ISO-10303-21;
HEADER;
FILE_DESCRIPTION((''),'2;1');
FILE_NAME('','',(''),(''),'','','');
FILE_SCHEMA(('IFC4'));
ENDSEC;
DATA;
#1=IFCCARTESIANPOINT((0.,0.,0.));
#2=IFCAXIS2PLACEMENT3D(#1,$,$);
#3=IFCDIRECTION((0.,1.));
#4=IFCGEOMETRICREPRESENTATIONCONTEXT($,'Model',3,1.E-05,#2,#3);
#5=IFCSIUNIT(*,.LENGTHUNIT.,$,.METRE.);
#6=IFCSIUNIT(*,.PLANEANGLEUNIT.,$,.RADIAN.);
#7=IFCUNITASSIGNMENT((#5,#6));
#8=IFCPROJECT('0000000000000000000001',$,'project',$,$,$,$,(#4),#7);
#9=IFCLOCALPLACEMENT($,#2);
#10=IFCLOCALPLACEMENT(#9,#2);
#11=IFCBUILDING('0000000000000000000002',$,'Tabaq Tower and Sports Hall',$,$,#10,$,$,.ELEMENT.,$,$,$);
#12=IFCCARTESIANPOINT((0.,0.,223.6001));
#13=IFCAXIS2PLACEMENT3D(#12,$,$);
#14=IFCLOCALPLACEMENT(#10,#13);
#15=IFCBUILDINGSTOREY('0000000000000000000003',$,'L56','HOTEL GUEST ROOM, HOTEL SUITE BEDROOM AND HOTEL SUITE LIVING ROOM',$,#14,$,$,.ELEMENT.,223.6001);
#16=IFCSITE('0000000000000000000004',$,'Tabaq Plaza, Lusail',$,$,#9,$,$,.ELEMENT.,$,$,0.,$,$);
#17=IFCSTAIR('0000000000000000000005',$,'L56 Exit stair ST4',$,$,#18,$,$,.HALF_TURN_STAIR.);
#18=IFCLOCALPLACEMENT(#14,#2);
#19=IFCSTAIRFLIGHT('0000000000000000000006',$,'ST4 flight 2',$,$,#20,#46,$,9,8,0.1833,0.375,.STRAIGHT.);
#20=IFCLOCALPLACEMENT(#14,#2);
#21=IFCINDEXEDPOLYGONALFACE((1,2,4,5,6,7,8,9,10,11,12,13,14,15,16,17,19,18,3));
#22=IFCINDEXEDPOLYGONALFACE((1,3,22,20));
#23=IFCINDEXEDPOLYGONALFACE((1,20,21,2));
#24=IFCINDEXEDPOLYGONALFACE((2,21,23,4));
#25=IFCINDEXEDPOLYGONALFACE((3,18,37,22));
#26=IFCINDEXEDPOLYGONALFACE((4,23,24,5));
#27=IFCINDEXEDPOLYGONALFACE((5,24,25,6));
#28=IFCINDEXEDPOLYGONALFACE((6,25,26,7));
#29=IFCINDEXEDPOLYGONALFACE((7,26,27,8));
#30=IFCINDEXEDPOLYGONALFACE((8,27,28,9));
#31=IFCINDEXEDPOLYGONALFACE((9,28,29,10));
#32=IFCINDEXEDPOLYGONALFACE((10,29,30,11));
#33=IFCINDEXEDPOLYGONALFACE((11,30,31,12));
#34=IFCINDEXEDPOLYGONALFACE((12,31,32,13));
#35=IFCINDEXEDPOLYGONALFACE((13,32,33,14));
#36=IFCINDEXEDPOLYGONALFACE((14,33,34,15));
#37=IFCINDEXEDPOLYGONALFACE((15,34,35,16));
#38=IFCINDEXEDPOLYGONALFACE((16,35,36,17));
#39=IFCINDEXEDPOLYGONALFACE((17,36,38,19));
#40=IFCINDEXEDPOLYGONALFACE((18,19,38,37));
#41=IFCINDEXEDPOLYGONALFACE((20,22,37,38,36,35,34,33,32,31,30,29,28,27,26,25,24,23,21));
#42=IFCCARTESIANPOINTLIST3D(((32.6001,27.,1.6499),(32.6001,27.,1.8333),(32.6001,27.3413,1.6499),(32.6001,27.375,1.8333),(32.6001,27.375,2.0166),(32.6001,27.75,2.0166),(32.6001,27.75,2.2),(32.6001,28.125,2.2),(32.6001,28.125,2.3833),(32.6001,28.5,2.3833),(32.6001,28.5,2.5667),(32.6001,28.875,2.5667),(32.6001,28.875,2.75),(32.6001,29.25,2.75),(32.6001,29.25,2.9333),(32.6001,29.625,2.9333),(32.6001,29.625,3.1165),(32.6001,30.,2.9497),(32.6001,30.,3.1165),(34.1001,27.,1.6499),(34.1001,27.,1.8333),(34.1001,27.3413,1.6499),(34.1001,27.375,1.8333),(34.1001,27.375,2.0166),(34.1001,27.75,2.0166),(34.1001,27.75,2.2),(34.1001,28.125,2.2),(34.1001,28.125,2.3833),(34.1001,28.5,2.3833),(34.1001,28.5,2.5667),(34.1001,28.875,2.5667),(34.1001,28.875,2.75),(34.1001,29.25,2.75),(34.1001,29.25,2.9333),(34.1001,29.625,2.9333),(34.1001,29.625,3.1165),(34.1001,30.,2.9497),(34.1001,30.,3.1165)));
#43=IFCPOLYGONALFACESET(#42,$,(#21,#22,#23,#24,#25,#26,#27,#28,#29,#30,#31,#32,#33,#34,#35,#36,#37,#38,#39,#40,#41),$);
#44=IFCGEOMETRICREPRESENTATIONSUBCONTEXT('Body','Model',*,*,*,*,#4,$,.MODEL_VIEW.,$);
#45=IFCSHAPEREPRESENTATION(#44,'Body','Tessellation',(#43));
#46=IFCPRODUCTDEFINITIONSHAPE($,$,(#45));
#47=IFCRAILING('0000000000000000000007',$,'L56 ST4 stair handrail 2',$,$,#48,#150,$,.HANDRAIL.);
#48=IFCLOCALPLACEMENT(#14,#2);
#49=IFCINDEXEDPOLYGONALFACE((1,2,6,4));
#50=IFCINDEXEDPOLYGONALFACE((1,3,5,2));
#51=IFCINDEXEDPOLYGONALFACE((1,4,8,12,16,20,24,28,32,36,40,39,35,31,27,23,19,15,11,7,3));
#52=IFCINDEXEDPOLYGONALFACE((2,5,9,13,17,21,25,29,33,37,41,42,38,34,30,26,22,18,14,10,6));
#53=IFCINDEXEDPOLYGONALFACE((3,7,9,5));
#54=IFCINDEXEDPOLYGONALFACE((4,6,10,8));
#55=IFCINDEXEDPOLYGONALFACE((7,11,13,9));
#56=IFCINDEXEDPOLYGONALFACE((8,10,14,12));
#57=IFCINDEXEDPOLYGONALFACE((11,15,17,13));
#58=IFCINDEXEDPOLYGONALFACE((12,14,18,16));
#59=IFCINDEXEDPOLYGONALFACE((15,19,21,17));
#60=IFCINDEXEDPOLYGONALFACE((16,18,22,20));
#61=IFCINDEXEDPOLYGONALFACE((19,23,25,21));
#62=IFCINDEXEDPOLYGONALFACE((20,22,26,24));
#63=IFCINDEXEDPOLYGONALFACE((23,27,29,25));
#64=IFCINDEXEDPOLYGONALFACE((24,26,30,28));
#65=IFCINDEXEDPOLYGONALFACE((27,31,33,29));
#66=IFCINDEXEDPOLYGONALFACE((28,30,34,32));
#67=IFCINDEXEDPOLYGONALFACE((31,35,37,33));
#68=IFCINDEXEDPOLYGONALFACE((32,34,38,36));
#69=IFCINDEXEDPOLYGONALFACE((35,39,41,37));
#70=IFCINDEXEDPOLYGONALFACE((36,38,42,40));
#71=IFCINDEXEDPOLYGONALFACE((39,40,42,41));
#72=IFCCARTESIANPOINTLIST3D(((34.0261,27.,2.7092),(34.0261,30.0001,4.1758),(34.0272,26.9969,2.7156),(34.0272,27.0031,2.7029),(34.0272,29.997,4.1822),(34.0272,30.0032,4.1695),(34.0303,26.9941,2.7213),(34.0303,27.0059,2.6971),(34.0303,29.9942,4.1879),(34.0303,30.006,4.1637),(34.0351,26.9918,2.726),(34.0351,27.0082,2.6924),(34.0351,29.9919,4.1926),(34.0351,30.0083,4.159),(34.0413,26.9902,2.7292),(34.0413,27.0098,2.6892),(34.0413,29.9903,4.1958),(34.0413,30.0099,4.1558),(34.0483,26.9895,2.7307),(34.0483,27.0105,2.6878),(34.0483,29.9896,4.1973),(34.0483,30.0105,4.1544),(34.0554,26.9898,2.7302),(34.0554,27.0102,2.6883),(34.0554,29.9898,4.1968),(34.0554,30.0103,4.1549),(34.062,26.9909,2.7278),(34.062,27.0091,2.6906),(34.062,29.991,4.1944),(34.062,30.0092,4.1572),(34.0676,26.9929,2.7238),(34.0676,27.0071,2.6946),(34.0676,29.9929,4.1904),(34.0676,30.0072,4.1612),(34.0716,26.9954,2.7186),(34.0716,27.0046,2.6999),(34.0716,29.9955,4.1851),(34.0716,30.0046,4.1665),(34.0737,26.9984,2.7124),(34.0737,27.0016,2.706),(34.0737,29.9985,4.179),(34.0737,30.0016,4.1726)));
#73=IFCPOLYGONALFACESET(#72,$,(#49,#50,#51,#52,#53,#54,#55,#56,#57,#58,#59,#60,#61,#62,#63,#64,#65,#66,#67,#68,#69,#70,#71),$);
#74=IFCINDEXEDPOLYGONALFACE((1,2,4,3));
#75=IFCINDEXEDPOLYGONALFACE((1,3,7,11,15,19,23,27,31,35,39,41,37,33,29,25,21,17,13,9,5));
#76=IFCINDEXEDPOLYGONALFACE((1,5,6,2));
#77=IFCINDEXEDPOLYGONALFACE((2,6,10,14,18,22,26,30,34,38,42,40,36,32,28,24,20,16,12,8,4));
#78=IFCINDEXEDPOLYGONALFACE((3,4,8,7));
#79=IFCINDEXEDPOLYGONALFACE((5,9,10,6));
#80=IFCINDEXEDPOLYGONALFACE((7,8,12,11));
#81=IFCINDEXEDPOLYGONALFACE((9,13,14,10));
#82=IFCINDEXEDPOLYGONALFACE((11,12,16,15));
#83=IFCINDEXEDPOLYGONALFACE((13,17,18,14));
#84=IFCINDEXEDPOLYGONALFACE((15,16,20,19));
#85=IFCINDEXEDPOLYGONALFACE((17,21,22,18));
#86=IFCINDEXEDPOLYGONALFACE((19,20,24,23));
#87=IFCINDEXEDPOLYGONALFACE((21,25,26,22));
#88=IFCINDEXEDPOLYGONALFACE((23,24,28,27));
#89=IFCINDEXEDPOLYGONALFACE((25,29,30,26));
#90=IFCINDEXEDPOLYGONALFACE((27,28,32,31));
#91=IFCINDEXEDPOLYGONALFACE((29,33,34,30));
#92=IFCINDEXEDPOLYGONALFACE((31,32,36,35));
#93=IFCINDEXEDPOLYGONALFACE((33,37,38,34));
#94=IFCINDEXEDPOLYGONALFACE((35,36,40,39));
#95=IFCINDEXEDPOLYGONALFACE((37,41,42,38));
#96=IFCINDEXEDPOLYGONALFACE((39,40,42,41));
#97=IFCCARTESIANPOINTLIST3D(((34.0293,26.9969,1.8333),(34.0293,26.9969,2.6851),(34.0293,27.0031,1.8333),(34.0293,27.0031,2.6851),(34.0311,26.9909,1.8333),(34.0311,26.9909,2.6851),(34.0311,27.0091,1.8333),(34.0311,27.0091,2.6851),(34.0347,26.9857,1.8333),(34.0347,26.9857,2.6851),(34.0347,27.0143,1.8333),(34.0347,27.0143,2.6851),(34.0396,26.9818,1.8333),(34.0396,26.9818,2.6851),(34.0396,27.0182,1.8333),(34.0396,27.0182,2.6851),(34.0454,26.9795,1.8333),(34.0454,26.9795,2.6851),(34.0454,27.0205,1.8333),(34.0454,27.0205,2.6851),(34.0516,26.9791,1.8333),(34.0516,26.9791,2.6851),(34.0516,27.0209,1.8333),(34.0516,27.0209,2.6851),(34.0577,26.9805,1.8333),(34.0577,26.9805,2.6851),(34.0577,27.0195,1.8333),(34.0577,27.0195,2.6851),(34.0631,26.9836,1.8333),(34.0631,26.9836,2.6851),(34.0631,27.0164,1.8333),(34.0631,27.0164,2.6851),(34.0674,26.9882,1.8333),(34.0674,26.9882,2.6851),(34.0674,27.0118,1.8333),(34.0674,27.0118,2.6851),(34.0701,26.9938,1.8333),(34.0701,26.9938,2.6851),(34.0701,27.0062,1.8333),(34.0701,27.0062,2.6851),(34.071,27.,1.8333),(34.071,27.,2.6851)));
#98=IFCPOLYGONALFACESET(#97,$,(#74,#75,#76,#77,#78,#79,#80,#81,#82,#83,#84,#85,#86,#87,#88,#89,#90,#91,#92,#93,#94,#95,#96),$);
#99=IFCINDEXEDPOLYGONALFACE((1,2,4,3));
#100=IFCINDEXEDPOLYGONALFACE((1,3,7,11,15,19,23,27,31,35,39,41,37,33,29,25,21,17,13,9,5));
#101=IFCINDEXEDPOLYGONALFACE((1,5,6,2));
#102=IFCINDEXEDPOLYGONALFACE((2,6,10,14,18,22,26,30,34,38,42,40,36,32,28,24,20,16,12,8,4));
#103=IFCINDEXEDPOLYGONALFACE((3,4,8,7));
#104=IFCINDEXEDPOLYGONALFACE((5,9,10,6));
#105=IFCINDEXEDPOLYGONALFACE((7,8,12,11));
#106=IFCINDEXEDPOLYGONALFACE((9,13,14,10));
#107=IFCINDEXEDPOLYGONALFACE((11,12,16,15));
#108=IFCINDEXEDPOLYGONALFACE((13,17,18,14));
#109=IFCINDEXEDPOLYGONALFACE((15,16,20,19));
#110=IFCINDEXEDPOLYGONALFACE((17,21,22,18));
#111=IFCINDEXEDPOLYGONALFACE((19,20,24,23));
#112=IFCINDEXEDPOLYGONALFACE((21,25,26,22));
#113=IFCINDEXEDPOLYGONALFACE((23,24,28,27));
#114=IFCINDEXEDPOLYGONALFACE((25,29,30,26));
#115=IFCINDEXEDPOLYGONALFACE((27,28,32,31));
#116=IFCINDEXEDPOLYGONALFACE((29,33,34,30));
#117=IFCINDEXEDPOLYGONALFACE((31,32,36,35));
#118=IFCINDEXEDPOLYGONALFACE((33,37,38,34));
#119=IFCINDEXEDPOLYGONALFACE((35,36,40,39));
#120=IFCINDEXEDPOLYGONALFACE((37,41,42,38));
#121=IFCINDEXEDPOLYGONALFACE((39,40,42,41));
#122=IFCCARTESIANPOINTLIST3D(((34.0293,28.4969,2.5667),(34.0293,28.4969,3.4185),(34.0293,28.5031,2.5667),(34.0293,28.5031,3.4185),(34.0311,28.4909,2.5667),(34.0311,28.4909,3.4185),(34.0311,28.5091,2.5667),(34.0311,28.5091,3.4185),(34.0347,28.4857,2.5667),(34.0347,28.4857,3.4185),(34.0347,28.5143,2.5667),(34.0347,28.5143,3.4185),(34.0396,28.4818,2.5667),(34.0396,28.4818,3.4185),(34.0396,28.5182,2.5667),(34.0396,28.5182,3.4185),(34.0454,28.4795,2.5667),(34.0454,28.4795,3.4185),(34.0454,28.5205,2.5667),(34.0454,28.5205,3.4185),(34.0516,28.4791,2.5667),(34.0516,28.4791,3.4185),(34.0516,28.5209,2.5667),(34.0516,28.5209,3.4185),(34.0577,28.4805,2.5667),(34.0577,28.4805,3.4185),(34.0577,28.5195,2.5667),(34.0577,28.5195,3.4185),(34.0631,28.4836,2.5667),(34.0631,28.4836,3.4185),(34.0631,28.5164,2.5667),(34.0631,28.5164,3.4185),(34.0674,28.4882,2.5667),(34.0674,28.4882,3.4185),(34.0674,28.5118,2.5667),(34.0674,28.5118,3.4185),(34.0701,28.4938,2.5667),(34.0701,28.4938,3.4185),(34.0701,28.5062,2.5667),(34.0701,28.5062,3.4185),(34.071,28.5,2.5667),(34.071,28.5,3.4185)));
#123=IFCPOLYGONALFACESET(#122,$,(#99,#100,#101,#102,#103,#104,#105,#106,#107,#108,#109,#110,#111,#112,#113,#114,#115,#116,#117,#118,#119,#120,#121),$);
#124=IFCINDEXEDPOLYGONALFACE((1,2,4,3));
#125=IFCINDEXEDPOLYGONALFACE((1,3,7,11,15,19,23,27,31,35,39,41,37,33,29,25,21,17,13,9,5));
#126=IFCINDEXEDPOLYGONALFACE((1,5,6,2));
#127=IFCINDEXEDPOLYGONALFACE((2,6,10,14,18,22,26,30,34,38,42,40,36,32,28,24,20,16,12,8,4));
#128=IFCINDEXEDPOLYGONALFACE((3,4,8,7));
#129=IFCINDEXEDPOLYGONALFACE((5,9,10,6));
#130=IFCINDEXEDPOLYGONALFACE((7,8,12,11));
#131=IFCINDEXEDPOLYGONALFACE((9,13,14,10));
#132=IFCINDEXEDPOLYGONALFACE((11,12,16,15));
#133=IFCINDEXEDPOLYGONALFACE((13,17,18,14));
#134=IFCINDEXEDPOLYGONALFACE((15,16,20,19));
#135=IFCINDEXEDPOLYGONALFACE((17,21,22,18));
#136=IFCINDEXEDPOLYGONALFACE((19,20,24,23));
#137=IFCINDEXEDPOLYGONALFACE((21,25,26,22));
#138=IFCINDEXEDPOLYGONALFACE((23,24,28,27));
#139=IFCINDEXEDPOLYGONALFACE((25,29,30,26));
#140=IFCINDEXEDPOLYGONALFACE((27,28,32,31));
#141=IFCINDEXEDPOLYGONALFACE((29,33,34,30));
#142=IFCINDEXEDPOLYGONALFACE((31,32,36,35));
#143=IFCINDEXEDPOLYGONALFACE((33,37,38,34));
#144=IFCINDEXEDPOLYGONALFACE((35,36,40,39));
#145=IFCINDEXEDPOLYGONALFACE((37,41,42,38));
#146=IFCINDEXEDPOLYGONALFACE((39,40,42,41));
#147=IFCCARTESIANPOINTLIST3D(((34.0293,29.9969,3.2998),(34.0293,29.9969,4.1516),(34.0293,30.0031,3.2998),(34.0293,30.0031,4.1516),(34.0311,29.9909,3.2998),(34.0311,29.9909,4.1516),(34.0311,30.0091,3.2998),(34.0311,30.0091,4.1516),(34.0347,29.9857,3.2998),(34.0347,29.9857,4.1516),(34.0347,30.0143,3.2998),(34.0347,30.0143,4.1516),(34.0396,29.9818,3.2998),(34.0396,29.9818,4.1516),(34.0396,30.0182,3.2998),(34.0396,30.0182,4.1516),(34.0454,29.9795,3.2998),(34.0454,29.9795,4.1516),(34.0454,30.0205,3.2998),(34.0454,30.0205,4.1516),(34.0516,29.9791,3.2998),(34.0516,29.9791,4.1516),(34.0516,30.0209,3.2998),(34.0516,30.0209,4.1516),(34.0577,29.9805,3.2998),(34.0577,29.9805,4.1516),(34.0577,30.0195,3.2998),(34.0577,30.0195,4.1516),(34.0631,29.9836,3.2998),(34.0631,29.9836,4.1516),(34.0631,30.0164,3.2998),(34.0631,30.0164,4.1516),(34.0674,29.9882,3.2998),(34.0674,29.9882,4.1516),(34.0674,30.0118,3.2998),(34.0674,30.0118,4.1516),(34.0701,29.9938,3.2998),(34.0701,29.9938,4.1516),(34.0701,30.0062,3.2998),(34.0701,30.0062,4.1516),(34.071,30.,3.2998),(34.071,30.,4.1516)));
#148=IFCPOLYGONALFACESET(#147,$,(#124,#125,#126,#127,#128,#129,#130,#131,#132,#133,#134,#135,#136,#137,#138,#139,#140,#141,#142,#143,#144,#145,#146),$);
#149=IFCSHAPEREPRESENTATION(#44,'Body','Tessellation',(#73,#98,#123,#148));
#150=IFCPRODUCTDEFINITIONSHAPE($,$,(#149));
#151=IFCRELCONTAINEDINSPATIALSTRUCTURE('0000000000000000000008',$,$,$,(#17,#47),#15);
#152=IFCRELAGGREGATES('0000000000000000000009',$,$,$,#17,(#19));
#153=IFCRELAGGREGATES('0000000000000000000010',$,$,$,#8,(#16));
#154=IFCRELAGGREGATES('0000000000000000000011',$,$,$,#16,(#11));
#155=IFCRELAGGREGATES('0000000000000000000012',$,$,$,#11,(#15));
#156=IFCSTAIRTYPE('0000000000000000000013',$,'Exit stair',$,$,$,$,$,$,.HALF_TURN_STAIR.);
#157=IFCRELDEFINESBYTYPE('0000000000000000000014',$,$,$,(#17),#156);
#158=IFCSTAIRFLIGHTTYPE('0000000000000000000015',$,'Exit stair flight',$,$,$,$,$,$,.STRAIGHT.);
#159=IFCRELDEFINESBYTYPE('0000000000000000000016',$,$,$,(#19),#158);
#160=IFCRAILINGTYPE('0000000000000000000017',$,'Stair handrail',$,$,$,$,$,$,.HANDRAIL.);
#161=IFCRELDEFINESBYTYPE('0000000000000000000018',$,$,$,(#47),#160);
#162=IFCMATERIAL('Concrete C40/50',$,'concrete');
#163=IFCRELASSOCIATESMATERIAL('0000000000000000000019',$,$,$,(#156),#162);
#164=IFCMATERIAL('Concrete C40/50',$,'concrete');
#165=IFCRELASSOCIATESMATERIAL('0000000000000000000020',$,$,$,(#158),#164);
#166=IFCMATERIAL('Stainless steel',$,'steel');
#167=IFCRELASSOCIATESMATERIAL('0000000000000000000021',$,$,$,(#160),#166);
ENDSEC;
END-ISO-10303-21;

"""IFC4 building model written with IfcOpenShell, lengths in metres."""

from ifc_helpers import new_model, si_unit, direction, frame, origin, origin_2d, place, context, subcontext, project, spatial, polyline, circle, outline, extrude, material, type_object, element, aggregate, save


model = new_model("IFC4")

# Units and contexts
model_context = context("Model", 3, precision=1e-05, world=origin(), true_north=direction((0.0, 1.0)))
body_context = subcontext(model_context, "Body", "Model", "MODEL_VIEW")
ifc_project = project(units=[si_unit("LENGTHUNIT", "METRE"), si_unit("PLANEANGLEUNIT", "RADIAN")], contexts=[model_context])

# Site, building, storey
site_placement = place(None, origin())
site = spatial("IfcSite", under=ifc_project, at=site_placement, Name="Tabaq Plaza, Lusail", CompositionType="ELEMENT", RefElevation=0.0)
building_placement = place(site_placement, origin())
building = spatial("IfcBuilding", under=site, at=building_placement, Name="Tabaq Tower and Sports Hall", CompositionType="ELEMENT")
storey_placement = place(building_placement, frame((0.0, 0.0, 223.6001)))
storey = spatial("IfcBuildingStorey", under=building, at=storey_placement, Name="L56", Description="HOTEL GUEST ROOM, HOTEL SUITE BEDROOM AND HOTEL SUITE LIVING ROOM", CompositionType="ELEMENT", Elevation=223.6001)

# Stair, stair flight
ifc_material_1 = material(Name="Concrete C40/50", Category="concrete")
stair_type = type_object("IfcStairType", Name="Exit stair", PredefinedType="HALF_TURN_STAIR", material=ifc_material_1)
stair_placement = place(storey_placement, origin())
stair = element("IfcStair", 1, at=stair_placement, inside=storey, type_object=stair_type, Name="L56 Exit stair ST4", PredefinedType="HALF_TURN_STAIR")
ifc_material_2 = material(Name="Concrete C40/50", Category="concrete")
stair_flight_type = type_object("IfcStairFlightType", Name="Exit stair flight", PredefinedType="STRAIGHT", material=ifc_material_2)
stair_flight_placement = place(storey_placement, frame((33.3501, 27.0, 1.6499), z_axis=(0.0, 0.0, 1.0), x_axis=(0.0, 1.0, 0.0)))
stair_flight = element("IfcStairFlight", 2, at=stair_flight_placement, type_object=stair_flight_type, Name="ST4 flight 2", NumberOfRisers=9, NumberOfTreads=8, PredefinedType="STRAIGHT", RiserHeight=0.1833, TreadLength=0.375, context=body_context, shape_type="SweptSolid", body=[
    extrude(outline(polyline([(0.0, 0.0), (0.0, 0.1833), (0.375, 0.1833), (0.375, 0.3667), (0.75, 0.3667), (0.75, 0.55), (1.125, 0.55), (1.125, 0.7334), (1.5, 0.7334), (1.5, 0.9167), (1.875, 0.9167), (1.875, 1.1001), (2.25, 1.1001), (2.25, 1.2834), (2.625, 1.2834), (2.625, 1.4666), (3.0, 1.4666), (3.0, 1.6499), (3.0, 1.2998), (0.3413, 0.0), (0.0, 0.0)])), frame((0.0, 0.75, 0.0), z_axis=(0.0, -1.0, 0.0), x_axis=(1.0, 0.0, 0.0)), (0.0, 0.0, 1.0), 1.5),
])
aggregate(stair, [stair_flight])

# Railing
ifc_material_3 = material(Name="Stainless steel", Category="steel")
railing_type = type_object("IfcRailingType", Name="Stair handrail", PredefinedType="HANDRAIL", material=ifc_material_3)
railing_placement = place(storey_placement, frame((34.05, 27.0, 1.8333)))
element("IfcRailing", 3, at=railing_placement, inside=storey, type_object=railing_type, Name="L56 ST4 stair handrail 2", PredefinedType="HANDRAIL", context=body_context, shape_type="SweptSolid", body=[
    extrude(circle(Radius=0.0239, at=origin_2d()), frame((0.0, 0.0, 0.876), z_axis=(0.0, 0.898398, 0.439183), x_axis=(-1.0, 0.0, 0.0)), (0.0, 0.0, 1.0), 3.3394),
    extrude(circle(Radius=0.021, at=origin_2d()), origin(), (0.0, 0.0, 1.0), 0.8518),
    extrude(circle(Radius=0.021, at=origin_2d()), frame((0.0, 1.5, 0.7334)), (0.0, 0.0, 1.0), 0.8518),
    extrude(circle(Radius=0.021, at=origin_2d()), frame((0.0, 3.0, 1.4666)), (0.0, 0.0, 1.0), 0.8518),
])

save(model, "model.ifc")
